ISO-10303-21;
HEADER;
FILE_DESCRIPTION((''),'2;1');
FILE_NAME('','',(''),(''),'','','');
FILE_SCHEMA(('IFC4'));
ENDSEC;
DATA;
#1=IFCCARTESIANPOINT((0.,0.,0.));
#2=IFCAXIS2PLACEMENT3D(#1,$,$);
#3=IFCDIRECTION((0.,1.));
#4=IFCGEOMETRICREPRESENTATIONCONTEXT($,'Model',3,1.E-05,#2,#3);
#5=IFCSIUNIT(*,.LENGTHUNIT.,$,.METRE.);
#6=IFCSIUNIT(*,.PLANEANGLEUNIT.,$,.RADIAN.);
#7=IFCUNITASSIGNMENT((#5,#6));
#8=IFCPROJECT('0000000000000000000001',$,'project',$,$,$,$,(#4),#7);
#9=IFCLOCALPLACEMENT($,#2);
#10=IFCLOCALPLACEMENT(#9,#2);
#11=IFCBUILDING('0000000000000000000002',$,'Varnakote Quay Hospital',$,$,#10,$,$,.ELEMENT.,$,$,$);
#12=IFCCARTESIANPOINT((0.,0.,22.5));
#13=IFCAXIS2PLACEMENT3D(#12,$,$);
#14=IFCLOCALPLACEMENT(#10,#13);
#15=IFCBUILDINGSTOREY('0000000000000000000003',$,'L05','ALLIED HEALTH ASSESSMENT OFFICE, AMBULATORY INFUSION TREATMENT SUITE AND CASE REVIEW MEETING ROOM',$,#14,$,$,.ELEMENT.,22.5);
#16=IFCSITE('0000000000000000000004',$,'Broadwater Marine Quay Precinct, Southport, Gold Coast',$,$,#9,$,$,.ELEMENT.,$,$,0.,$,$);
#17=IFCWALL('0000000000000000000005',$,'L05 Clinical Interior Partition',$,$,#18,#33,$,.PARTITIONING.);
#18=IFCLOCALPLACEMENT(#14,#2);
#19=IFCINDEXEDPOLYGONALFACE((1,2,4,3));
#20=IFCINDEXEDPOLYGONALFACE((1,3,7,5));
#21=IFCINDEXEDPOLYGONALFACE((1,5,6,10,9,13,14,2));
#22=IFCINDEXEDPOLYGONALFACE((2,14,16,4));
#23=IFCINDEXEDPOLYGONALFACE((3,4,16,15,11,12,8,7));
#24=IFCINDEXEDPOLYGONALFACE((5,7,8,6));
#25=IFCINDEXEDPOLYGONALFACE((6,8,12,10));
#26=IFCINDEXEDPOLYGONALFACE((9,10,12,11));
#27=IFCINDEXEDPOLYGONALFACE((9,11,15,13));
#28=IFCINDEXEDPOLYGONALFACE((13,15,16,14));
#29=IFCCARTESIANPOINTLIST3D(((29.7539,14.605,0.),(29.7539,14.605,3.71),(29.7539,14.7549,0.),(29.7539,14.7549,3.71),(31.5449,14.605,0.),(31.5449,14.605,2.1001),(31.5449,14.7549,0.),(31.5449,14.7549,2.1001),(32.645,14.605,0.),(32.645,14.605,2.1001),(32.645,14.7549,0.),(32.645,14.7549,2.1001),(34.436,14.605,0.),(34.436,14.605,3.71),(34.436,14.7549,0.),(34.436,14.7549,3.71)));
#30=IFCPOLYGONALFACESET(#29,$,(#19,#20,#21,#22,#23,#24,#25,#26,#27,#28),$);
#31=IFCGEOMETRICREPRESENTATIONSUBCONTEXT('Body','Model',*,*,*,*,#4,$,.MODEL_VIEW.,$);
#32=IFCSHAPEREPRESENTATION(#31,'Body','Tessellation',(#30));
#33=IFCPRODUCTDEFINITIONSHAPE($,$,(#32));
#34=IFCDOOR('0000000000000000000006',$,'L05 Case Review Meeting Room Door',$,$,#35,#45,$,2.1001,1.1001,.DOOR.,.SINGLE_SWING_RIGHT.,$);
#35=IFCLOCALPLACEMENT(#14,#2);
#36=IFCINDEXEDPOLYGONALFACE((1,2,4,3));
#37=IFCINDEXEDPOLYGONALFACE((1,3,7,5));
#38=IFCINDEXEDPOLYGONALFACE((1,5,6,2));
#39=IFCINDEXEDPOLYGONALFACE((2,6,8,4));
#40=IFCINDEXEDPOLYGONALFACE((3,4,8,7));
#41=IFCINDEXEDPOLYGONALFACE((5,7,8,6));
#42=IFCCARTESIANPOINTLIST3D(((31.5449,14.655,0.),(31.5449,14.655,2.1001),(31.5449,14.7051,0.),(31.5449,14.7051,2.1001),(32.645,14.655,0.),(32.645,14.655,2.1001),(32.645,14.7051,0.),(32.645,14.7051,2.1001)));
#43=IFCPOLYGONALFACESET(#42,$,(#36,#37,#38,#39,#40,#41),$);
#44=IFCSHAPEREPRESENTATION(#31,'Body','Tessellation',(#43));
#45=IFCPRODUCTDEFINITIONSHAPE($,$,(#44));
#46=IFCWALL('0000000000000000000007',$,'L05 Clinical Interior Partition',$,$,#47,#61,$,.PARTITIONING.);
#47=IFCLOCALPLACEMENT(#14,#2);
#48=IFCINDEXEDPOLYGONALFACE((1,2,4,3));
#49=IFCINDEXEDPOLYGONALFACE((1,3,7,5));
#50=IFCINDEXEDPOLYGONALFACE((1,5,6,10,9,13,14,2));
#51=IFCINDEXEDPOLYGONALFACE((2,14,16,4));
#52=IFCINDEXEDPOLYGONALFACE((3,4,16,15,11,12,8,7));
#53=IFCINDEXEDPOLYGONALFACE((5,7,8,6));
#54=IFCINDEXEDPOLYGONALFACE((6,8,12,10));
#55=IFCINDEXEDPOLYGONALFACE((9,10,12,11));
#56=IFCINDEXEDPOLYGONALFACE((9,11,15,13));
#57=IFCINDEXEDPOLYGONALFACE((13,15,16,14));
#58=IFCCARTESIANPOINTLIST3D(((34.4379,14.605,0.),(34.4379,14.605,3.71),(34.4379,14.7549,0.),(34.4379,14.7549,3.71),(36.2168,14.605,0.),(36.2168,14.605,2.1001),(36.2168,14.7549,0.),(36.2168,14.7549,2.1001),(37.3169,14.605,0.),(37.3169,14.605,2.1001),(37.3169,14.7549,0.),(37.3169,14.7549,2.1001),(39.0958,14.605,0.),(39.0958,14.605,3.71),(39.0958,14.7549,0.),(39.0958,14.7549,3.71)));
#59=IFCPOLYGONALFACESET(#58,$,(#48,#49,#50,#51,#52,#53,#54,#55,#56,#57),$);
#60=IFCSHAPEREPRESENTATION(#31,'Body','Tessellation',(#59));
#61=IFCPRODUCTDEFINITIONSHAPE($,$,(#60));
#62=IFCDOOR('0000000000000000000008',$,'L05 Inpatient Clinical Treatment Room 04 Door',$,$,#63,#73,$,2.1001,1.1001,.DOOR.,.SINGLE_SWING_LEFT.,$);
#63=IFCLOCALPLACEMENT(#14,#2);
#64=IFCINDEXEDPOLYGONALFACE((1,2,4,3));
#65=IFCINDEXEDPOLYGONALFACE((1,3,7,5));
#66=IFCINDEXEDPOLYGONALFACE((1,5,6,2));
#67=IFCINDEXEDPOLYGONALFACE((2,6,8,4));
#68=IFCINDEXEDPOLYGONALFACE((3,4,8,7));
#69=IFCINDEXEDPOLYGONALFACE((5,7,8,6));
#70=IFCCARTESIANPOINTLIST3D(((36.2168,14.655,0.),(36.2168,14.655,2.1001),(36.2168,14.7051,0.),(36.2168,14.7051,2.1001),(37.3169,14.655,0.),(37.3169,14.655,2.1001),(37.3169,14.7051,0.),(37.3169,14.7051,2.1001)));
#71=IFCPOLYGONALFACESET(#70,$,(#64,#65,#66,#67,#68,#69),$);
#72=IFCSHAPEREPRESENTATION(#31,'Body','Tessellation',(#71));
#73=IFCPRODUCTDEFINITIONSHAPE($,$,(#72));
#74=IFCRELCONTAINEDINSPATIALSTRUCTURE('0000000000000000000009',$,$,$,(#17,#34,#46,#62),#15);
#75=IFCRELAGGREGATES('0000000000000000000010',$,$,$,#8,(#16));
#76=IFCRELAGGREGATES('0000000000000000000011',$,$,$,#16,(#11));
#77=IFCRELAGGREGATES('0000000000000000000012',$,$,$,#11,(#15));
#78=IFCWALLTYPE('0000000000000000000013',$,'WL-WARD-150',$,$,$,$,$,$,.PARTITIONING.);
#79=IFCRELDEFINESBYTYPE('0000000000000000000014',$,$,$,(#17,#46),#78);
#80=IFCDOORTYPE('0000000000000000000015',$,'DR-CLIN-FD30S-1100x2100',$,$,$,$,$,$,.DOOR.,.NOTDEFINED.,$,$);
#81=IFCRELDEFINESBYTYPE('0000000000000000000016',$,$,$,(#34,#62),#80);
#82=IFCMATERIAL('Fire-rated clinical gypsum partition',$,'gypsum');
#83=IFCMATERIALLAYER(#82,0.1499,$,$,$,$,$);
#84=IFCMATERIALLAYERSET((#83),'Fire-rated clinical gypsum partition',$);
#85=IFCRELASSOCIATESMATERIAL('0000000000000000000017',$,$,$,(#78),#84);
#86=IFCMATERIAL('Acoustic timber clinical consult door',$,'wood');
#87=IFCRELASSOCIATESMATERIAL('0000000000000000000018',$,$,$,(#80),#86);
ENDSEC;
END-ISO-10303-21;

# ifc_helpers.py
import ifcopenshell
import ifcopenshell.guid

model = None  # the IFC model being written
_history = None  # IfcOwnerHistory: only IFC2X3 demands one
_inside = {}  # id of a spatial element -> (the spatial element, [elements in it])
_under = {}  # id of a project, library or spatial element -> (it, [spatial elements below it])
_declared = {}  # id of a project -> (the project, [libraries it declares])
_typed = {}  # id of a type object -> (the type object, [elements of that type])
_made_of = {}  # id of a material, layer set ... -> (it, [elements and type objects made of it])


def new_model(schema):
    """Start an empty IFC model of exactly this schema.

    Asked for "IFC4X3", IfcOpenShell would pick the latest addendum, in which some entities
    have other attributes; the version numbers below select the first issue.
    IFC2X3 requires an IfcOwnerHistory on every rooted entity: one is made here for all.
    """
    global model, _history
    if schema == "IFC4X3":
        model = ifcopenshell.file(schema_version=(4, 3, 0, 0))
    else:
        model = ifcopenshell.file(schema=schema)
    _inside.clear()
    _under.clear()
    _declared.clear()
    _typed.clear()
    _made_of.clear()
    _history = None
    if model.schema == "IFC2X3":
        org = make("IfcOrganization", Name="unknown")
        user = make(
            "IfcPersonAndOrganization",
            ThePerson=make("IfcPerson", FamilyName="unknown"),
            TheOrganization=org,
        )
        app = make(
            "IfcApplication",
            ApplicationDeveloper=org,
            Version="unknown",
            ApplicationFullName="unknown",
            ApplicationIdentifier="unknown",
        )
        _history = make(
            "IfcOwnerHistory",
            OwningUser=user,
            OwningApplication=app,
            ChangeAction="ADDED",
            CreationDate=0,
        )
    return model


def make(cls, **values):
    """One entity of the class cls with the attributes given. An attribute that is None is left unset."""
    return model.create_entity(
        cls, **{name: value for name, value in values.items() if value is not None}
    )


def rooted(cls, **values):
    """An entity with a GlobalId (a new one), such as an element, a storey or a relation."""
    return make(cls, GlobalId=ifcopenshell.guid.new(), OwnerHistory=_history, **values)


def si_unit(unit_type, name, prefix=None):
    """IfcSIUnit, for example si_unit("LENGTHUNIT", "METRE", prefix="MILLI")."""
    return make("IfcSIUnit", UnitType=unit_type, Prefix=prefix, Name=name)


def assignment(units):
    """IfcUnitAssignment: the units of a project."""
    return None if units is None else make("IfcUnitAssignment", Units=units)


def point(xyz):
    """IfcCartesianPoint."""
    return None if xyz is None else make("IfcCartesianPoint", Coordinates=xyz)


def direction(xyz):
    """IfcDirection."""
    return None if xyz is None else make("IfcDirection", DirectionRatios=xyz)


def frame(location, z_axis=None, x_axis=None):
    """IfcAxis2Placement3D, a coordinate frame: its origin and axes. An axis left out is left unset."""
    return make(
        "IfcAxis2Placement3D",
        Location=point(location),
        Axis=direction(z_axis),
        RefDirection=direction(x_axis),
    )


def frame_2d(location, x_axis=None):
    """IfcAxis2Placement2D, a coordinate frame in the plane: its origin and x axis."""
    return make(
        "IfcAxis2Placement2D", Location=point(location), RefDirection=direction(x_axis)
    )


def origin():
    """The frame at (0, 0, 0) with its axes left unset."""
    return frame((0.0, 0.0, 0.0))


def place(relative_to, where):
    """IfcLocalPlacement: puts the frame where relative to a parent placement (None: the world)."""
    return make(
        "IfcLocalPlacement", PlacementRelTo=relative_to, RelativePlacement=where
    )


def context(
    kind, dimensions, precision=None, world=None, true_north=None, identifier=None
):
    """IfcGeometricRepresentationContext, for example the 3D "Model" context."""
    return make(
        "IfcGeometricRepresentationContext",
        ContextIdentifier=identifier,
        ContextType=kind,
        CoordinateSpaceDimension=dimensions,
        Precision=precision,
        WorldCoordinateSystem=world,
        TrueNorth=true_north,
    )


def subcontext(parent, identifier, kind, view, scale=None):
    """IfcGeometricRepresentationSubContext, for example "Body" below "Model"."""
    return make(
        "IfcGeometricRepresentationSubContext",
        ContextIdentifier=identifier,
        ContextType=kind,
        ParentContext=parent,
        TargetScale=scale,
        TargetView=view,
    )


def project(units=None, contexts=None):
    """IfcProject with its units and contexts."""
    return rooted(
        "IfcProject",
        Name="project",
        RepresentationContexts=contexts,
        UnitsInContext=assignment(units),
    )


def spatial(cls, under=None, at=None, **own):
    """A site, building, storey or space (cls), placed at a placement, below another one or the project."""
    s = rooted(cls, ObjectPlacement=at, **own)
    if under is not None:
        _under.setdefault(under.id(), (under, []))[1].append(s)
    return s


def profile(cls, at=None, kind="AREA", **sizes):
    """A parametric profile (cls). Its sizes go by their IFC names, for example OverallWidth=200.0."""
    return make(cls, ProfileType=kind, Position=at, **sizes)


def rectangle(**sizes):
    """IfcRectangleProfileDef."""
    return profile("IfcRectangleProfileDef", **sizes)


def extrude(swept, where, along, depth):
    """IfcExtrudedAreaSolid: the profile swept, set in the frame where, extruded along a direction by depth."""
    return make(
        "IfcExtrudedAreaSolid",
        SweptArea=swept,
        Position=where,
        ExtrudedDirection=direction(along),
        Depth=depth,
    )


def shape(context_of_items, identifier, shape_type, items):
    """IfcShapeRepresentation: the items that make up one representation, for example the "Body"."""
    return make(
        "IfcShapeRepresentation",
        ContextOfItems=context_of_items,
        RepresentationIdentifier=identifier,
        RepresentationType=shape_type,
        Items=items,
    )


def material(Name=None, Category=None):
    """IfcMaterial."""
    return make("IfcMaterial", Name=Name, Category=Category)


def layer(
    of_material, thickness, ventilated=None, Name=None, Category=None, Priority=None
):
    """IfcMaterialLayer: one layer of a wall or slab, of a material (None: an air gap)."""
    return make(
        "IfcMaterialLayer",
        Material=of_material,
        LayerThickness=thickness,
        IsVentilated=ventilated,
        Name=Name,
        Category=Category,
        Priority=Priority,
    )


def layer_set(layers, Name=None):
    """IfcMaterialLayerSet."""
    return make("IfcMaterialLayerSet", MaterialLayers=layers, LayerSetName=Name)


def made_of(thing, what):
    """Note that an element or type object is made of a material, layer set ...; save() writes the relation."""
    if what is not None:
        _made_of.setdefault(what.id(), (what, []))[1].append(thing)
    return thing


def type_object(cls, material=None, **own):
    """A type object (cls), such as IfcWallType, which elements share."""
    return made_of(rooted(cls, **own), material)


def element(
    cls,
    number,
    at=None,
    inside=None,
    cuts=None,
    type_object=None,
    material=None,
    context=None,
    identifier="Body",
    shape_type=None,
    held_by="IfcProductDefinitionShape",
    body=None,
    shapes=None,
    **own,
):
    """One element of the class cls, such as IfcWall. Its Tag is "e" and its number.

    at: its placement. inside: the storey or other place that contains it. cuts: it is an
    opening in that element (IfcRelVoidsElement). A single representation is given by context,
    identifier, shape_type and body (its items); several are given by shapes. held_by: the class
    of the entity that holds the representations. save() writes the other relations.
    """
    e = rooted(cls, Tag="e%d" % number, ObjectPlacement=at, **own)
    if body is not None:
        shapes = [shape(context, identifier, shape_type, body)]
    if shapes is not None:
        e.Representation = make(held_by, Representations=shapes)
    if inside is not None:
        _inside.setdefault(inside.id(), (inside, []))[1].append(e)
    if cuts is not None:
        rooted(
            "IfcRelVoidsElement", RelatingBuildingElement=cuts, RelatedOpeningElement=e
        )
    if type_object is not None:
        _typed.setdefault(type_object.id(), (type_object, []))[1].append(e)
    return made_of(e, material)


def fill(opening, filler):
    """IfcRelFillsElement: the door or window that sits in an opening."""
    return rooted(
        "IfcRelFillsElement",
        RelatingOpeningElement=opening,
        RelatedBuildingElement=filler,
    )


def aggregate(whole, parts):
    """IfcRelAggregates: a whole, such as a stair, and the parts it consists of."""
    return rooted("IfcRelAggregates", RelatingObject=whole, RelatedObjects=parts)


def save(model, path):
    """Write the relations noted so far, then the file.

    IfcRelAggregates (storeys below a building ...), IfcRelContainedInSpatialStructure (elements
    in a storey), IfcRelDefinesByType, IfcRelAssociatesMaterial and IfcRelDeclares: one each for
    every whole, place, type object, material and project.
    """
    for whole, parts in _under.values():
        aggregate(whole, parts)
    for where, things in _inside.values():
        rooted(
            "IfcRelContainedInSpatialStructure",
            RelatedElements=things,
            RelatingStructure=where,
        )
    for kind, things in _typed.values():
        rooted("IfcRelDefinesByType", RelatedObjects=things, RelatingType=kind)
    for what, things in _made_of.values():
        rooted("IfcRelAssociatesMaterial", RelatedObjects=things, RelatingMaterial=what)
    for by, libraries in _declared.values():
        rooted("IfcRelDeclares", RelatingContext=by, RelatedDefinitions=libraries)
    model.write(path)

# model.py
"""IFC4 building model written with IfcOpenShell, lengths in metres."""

from ifc_helpers import new_model, si_unit, direction, frame, frame_2d, origin, place, context, subcontext, project, spatial, rectangle, extrude, material, layer, layer_set, type_object, element, fill, save


model = new_model("IFC4")

# Units and contexts
model_context = context("Model", 3, precision=1e-05, world=origin(), true_north=direction((0.0, 1.0)))
body_context = subcontext(model_context, "Body", "Model", "MODEL_VIEW")
ifc_project = project(units=[si_unit("LENGTHUNIT", "METRE"), si_unit("PLANEANGLEUNIT", "RADIAN")], contexts=[model_context])

# Site, building, storey
site_placement = place(None, origin())
site = spatial("IfcSite", under=ifc_project, at=site_placement, Name="Broadwater Marine Quay Precinct, Southport, Gold Coast", CompositionType="ELEMENT", RefElevation=0.0)
building_placement = place(site_placement, origin())
building = spatial("IfcBuilding", under=site, at=building_placement, Name="Varnakote Quay Hospital", CompositionType="ELEMENT")
storey_placement = place(building_placement, frame((0.0, 0.0, 22.5)))
storey = spatial("IfcBuildingStorey", under=building, at=storey_placement, Name="L05", Description="ALLIED HEALTH ASSESSMENT OFFICE, AMBULATORY INFUSION TREATMENT SUITE AND CASE REVIEW MEETING ROOM", CompositionType="ELEMENT", Elevation=22.5)

# Walls, openings, doors
ifc_material_1 = material(Name="Fire-rated clinical gypsum partition", Category="gypsum")
ifc_layer_1 = layer(ifc_material_1, 0.1499)
ifc_layer_set_1 = layer_set([ifc_layer_1], Name="Fire-rated clinical gypsum partition")
wall_type_1 = type_object("IfcWallType", Name="WL-WARD-150", PredefinedType="PARTITIONING", material=ifc_layer_set_1)
wall_1_placement = place(storey_placement, frame((34.436, 14.6799, 0.0), z_axis=(0.0, 0.0, 1.0), x_axis=(-1.0, 0.0, 0.0)))
wall_1 = element("IfcWall", 1, at=wall_1_placement, inside=storey, type_object=wall_type_1, Name="L05 Clinical Interior Partition", PredefinedType="PARTITIONING", context=body_context, shape_type="SweptSolid", body=[
    extrude(rectangle(XDim=4.6821, YDim=0.1499, at=frame_2d((2.3411, 0.0))), origin(), (0.0, 0.0, 1.0), 3.71),
])
opening_1_placement = place(wall_1_placement, frame((1.791, 0.0, 0.0)))
opening_1 = element("IfcOpeningElement", 2, at=opening_1_placement, cuts=wall_1, PredefinedType="OPENING", context=body_context, shape_type="SweptSolid", body=[
    extrude(rectangle(XDim=1.1001, YDim=2.1001, at=frame_2d((0.55, 1.05))), frame((0.0, 0.085, 0.0), z_axis=(0.0, -1.0, 0.0), x_axis=(1.0, 0.0, 0.0)), (0.0, 0.0, 1.0), 0.1699),
])
ifc_material_2 = material(Name="Acoustic timber clinical consult door", Category="wood")
door_type_1 = type_object("IfcDoorType", Name="DR-CLIN-FD30S-1100x2100", OperationType="NOTDEFINED", PredefinedType="DOOR", material=ifc_material_2)
door_1_placement = place(opening_1_placement, origin())
door_1 = element("IfcDoor", 3, at=door_1_placement, inside=storey, type_object=door_type_1, Name="L05 Case Review Meeting Room Door", OperationType="SINGLE_SWING_RIGHT", OverallHeight=2.1001, OverallWidth=1.1001, PredefinedType="DOOR", context=body_context, shape_type="SweptSolid", body=[
    extrude(rectangle(XDim=1.1001, YDim=2.1001, at=frame_2d((0.55, 1.05))), frame((0.0, 0.0249, 0.0), z_axis=(0.0, -1.0, 0.0), x_axis=(1.0, 0.0, 0.0)), (0.0, 0.0, 1.0), 0.05),
])
fill(opening_1, door_1)
wall_2_placement = place(storey_placement, frame((39.0959, 14.6799, 0.0), z_axis=(0.0, 0.0, 1.0), x_axis=(-1.0, 0.0, 0.0)))
wall_2 = element("IfcWall", 4, at=wall_2_placement, inside=storey, type_object=wall_type_1, Name="L05 Clinical Interior Partition", PredefinedType="PARTITIONING", context=body_context, shape_type="SweptSolid", body=[
    extrude(rectangle(XDim=4.658, YDim=0.1499, at=frame_2d((2.3291, 0.0))), origin(), (0.0, 0.0, 1.0), 3.71),
])
opening_2_placement = place(wall_2_placement, frame((1.7791, 0.0, 0.0)))
opening_2 = element("IfcOpeningElement", 5, at=opening_2_placement, cuts=wall_2, PredefinedType="OPENING", context=body_context, shape_type="SweptSolid", body=[
    extrude(rectangle(XDim=1.1001, YDim=2.1001, at=frame_2d((0.55, 1.05))), frame((0.0, 0.085, 0.0), z_axis=(0.0, -1.0, 0.0), x_axis=(1.0, 0.0, 0.0)), (0.0, 0.0, 1.0), 0.1699),
])
door_2_placement = place(opening_2_placement, origin())
door_2 = element("IfcDoor", 6, at=door_2_placement, inside=storey, type_object=door_type_1, Name="L05 Inpatient Clinical Treatment Room 04 Door", OperationType="SINGLE_SWING_LEFT", OverallHeight=2.1001, OverallWidth=1.1001, PredefinedType="DOOR", context=body_context, shape_type="SweptSolid", body=[
    extrude(rectangle(XDim=1.1001, YDim=2.1001, at=frame_2d((0.55, 1.05))), frame((0.0, 0.0249, 0.0), z_axis=(0.0, -1.0, 0.0), x_axis=(1.0, 0.0, 0.0)), (0.0, 0.0, 1.0), 0.05),
])
fill(opening_2, door_2)

save(model, "model.ifc")
